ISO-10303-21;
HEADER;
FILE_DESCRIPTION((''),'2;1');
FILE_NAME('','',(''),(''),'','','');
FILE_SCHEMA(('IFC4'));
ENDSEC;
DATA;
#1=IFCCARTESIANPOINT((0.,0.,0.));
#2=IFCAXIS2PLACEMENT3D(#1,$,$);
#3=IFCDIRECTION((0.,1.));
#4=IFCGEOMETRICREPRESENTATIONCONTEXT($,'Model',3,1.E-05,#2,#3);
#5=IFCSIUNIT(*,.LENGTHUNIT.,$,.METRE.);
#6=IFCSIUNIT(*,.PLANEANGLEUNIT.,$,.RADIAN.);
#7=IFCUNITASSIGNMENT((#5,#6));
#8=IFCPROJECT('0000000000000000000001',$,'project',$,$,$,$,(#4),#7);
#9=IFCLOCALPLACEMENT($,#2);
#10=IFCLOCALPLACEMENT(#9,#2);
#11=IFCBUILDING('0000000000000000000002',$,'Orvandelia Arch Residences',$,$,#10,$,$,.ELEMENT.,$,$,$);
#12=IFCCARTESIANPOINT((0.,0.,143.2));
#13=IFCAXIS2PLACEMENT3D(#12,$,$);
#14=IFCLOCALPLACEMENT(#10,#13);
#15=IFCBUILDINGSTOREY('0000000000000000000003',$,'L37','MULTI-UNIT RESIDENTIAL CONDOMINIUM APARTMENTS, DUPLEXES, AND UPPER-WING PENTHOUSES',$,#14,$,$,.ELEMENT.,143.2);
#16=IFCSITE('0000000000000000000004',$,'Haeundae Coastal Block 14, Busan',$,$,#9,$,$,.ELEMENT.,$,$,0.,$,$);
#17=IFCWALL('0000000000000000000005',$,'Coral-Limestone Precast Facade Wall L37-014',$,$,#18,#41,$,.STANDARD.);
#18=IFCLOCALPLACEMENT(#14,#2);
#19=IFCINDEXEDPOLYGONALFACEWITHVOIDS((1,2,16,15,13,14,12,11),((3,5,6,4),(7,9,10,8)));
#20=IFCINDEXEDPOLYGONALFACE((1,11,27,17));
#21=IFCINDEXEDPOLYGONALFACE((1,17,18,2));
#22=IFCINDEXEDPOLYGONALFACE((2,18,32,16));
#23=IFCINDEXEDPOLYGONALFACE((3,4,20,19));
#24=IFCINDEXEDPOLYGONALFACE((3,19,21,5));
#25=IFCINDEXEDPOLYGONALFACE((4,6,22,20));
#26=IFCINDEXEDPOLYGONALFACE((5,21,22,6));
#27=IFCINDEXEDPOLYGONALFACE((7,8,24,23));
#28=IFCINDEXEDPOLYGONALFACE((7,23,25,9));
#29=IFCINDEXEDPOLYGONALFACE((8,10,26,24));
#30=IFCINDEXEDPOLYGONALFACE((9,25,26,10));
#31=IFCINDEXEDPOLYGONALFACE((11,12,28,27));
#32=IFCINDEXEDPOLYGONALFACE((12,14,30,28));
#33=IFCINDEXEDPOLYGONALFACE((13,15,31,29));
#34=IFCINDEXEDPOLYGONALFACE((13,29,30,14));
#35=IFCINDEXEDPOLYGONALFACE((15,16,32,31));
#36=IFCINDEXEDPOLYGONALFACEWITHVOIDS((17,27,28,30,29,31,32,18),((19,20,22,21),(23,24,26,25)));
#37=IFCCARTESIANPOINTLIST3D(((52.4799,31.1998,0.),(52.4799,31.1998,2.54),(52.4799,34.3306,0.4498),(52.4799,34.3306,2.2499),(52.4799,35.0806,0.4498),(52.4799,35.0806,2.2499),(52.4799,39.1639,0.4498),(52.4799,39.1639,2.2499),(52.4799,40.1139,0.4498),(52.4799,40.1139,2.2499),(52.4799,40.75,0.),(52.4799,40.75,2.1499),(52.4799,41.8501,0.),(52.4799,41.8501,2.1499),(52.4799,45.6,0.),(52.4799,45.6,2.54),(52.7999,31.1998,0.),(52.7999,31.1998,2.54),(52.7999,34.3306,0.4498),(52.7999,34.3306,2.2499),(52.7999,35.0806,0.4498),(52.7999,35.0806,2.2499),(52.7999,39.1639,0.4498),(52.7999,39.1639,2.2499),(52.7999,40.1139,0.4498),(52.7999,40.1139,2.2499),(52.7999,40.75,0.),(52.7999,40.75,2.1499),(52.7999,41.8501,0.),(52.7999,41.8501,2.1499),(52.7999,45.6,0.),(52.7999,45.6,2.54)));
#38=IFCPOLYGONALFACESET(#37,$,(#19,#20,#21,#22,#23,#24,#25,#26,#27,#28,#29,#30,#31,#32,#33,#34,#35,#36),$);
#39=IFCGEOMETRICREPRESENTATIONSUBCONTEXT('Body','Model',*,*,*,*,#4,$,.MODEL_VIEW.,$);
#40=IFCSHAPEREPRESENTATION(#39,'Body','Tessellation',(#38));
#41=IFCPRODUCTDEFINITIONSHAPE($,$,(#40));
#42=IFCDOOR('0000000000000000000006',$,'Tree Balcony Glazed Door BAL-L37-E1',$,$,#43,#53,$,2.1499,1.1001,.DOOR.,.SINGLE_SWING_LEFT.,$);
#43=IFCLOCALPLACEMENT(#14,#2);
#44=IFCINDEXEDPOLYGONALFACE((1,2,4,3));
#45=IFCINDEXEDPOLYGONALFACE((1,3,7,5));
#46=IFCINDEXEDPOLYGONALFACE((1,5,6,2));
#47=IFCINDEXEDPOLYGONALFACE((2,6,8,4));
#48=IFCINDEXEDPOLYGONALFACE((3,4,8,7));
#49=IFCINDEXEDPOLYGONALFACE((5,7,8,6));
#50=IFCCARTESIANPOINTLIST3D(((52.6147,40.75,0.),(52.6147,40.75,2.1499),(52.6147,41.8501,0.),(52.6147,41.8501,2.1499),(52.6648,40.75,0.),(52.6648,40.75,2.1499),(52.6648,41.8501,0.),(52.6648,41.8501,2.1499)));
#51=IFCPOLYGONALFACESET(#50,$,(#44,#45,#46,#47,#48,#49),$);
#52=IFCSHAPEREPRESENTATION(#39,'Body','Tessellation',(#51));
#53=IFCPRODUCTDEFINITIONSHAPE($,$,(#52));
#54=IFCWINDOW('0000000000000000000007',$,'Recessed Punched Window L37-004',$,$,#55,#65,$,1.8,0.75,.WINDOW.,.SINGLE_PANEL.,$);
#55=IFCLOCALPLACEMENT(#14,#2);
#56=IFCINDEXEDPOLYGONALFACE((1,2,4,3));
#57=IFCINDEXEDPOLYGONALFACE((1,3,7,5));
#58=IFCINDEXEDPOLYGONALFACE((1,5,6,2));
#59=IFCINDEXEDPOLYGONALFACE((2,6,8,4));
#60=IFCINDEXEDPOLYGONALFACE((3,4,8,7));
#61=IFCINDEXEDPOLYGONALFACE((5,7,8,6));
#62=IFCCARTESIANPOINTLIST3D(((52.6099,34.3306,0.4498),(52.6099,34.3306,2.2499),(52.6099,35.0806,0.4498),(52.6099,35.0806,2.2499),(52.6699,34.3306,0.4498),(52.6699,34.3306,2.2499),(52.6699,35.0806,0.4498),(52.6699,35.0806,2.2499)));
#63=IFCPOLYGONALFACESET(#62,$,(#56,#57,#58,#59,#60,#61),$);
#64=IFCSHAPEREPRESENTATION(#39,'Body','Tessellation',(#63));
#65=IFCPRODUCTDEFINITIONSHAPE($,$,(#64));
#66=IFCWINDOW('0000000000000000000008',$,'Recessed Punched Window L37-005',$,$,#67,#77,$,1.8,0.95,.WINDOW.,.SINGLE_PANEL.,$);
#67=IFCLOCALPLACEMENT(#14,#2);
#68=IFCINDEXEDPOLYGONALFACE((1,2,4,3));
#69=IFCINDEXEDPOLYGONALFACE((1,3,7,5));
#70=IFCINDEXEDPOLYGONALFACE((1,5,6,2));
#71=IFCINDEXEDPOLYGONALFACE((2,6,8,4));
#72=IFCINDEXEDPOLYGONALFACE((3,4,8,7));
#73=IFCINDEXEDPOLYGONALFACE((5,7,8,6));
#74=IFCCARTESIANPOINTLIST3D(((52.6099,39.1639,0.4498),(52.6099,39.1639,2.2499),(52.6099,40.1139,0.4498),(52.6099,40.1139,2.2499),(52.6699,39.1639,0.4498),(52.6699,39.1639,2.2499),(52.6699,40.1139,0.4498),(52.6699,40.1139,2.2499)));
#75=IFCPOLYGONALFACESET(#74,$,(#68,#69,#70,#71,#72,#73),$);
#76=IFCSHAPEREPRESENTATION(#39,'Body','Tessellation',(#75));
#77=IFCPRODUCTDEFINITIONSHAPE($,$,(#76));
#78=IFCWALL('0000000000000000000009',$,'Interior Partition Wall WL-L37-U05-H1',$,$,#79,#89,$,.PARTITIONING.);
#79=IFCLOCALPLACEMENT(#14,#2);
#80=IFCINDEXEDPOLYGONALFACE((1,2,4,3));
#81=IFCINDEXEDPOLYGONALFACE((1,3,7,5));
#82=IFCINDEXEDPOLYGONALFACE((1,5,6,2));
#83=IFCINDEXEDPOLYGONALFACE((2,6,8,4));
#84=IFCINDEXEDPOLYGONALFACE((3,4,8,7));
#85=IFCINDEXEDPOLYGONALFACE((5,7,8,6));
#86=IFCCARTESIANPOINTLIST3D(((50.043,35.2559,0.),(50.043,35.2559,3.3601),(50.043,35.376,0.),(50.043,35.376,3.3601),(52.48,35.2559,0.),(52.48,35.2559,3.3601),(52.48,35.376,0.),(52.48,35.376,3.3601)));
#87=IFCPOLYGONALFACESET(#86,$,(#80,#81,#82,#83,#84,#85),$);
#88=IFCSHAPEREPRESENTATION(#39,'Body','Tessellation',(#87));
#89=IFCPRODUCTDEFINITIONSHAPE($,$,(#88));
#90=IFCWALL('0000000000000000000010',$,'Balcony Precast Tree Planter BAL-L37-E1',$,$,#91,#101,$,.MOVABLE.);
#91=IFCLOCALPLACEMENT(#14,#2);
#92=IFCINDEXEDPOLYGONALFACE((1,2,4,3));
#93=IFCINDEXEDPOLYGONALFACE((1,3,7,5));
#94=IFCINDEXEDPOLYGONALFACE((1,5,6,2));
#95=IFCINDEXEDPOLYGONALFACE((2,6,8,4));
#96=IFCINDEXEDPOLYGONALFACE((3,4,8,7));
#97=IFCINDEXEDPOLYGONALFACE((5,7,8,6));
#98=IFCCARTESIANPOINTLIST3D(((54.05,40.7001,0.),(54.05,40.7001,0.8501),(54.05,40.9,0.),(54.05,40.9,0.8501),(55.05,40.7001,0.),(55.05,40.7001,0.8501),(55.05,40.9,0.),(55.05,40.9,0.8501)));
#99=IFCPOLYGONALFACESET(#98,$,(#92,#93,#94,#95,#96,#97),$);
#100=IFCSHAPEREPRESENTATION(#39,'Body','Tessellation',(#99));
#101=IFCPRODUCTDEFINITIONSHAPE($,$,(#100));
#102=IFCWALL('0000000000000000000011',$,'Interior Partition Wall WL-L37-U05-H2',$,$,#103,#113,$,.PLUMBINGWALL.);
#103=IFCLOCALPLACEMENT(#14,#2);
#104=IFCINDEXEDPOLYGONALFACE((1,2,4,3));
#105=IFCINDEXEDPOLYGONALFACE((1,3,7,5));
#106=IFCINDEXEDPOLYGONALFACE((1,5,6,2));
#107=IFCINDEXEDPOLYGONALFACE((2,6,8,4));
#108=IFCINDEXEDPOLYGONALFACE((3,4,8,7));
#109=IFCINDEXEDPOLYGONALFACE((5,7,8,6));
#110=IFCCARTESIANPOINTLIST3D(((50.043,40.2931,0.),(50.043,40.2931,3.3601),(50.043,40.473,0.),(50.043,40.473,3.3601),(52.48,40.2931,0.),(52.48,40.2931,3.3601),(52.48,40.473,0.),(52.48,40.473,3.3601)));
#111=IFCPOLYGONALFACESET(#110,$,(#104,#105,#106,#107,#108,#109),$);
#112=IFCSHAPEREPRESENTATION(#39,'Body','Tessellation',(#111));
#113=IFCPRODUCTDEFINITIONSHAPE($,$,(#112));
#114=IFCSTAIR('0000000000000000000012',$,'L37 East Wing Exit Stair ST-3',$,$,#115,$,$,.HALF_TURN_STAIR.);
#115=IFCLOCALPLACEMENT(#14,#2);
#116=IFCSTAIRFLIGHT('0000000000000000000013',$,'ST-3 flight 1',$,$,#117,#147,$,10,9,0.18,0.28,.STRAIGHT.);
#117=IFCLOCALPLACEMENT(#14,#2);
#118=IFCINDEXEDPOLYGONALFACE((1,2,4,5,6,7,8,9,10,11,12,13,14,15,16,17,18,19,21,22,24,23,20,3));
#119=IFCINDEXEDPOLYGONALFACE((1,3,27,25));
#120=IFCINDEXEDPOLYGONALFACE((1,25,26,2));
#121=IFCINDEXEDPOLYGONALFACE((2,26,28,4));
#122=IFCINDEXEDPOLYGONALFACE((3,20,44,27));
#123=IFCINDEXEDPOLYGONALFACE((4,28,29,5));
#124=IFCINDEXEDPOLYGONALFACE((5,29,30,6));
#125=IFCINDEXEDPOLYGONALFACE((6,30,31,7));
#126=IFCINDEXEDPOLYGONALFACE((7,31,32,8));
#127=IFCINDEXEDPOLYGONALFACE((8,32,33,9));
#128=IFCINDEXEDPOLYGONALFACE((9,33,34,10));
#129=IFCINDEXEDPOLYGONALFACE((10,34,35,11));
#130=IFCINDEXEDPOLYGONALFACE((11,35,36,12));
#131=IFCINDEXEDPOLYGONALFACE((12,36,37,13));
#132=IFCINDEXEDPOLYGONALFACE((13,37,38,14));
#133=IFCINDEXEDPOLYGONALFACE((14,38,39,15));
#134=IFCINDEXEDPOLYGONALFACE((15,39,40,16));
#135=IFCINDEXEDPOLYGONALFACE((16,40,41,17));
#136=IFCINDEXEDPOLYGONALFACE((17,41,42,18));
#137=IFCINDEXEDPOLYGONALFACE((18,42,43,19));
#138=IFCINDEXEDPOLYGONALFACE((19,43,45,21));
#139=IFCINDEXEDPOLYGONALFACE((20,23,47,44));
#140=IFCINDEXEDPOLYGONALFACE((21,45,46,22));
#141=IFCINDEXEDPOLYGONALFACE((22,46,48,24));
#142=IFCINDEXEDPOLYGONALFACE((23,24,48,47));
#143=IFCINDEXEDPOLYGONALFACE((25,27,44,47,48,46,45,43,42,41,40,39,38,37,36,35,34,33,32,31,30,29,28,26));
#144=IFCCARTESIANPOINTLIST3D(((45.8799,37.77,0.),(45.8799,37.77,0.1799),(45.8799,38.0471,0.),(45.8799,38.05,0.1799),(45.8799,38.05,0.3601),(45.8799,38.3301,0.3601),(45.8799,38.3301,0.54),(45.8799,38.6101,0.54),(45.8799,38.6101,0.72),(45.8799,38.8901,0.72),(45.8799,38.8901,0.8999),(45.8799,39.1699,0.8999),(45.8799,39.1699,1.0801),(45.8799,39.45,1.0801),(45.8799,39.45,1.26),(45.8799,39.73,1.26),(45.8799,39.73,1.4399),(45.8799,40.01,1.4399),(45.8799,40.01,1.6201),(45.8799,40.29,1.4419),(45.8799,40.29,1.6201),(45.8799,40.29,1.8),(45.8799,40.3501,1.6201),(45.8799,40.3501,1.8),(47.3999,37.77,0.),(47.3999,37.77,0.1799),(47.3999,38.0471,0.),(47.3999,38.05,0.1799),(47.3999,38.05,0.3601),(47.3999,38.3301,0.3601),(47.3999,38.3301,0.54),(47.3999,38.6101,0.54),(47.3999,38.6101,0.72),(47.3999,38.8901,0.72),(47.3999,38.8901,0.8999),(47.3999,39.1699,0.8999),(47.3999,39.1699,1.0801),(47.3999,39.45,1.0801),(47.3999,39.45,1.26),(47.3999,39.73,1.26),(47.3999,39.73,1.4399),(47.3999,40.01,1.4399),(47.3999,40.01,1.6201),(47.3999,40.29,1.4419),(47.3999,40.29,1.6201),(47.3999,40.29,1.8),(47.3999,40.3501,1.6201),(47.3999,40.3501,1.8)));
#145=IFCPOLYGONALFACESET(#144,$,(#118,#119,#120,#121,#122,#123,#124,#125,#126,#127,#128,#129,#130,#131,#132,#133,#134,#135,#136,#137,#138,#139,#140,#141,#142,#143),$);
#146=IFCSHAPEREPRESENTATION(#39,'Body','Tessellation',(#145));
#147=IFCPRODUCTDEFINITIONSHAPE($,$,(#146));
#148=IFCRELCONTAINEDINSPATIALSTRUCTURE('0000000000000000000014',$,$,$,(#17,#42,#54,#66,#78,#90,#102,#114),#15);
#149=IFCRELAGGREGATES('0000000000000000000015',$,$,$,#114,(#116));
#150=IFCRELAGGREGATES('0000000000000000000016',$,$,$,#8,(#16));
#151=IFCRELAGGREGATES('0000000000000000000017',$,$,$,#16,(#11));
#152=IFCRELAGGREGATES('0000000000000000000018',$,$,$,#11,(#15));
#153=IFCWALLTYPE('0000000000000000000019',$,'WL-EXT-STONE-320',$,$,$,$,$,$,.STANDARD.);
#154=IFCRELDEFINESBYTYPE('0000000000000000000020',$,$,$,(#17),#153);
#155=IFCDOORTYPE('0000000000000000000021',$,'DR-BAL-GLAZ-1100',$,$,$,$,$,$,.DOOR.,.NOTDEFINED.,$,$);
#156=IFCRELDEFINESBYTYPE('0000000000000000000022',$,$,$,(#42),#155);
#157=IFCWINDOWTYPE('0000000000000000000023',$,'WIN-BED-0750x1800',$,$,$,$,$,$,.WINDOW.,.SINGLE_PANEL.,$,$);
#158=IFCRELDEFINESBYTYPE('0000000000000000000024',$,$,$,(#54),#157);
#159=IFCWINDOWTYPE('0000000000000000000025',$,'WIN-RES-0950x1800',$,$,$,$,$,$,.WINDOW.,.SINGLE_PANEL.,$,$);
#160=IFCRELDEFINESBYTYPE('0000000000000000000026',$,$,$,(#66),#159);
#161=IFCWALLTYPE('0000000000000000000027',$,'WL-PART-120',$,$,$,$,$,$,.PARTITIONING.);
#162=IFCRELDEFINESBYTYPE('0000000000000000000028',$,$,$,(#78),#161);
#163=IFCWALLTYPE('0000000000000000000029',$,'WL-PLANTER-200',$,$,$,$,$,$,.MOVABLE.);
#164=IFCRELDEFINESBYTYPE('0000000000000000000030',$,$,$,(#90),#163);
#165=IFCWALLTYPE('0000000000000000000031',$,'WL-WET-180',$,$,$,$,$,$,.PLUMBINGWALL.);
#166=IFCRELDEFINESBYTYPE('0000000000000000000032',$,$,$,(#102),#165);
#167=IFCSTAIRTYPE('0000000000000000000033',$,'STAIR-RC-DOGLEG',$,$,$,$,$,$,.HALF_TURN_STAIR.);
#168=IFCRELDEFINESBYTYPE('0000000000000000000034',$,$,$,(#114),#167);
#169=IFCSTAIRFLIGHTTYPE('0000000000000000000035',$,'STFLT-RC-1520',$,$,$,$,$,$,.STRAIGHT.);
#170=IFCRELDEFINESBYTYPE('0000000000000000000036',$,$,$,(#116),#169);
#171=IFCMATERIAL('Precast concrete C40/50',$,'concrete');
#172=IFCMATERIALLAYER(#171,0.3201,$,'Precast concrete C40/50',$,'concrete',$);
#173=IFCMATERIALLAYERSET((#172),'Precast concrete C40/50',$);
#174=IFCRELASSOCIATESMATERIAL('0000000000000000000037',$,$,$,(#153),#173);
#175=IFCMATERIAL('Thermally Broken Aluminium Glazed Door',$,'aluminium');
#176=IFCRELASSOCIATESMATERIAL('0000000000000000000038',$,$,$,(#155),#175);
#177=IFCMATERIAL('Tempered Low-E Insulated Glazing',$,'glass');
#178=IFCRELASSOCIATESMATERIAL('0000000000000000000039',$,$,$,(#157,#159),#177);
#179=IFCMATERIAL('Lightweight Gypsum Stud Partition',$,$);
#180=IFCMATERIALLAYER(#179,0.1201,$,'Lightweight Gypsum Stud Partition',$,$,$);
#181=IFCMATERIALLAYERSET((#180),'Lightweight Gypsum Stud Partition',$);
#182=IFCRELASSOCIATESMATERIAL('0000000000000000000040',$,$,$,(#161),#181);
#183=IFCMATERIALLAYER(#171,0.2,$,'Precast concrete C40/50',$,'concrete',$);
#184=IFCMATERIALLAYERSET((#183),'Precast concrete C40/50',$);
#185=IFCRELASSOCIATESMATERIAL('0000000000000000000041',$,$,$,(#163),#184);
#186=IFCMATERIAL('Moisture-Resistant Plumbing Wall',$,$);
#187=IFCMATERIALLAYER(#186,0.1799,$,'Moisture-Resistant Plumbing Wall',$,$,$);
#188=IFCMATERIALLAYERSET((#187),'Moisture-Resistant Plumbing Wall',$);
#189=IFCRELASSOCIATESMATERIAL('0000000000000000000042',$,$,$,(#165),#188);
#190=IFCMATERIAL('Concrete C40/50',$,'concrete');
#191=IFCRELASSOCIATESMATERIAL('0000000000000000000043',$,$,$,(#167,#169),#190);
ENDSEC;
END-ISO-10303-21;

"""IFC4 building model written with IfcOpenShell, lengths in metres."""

from ifc_helpers import new_model, si_unit, direction, frame, frame_2d, origin, place, context, subcontext, project, spatial, polyline, rectangle, outline, extrude, material, layer, layer_set, type_object, element, fill, aggregate, save


model = new_model("IFC4")

# Units and contexts
model_context = context("Model", 3, precision=1e-05, world=origin(), true_north=direction((0.0, 1.0)))
body_context = subcontext(model_context, "Body", "Model", "MODEL_VIEW")
ifc_project = project(units=[si_unit("LENGTHUNIT", "METRE"), si_unit("PLANEANGLEUNIT", "RADIAN")], contexts=[model_context])

# Site, building, storey
site_placement = place(None, origin())
site = spatial("IfcSite", under=ifc_project, at=site_placement, Name="Haeundae Coastal Block 14, Busan", CompositionType="ELEMENT", RefElevation=0.0)
building_placement = place(site_placement, origin())
building = spatial("IfcBuilding", under=site, at=building_placement, Name="Orvandelia Arch Residences", CompositionType="ELEMENT")
storey_placement = place(building_placement, frame((0.0, 0.0, 143.2)))
storey = spatial("IfcBuildingStorey", under=building, at=storey_placement, Name="L37", Description="MULTI-UNIT RESIDENTIAL CONDOMINIUM APARTMENTS, DUPLEXES, AND UPPER-WING PENTHOUSES", CompositionType="ELEMENT", Elevation=143.2)

# Shared definitions
ifc_material_1 = material(Name="Precast concrete C40/50", Category="concrete")
ifc_layer_1 = layer(ifc_material_1, 0.3201, Name="Precast concrete C40/50", Category="concrete")
ifc_layer_set_1 = layer_set([ifc_layer_1], Name="Precast concrete C40/50")
wall_type_1 = type_object("IfcWallType", Name="WL-EXT-STONE-320", PredefinedType="STANDARD", material=ifc_layer_set_1)

# Wall, openings, door, windows
wall_1_placement = place(storey_placement, frame((52.6399, 45.6001, 0.0), z_axis=(0.0, 0.0, 1.0), x_axis=(0.0, -1.0, 0.0)))
wall_1 = element("IfcWall", 1, at=wall_1_placement, inside=storey, type_object=wall_type_1, Name="Coral-Limestone Precast Facade Wall L37-014", PredefinedType="STANDARD", context=body_context, shape_type="SweptSolid", body=[
    extrude(rectangle(XDim=14.4001, YDim=0.3201, at=frame_2d((7.2002, 0.0))), origin(), (0.0, 0.0, 1.0), 2.54),
])
opening_1_placement = place(wall_1_placement, frame((3.75, 0.0, 0.0)))
opening_1 = element("IfcOpeningElement", 2, at=opening_1_placement, cuts=wall_1, PredefinedType="OPENING", context=body_context, shape_type="SweptSolid", body=[
    extrude(rectangle(XDim=1.1001, YDim=2.1499, at=frame_2d((0.55, 1.075))), frame((0.0, 0.1699, 0.0), z_axis=(0.0, -1.0, 0.0), x_axis=(1.0, 0.0, 0.0)), (0.0, 0.0, 1.0), 0.3401),
])
opening_2_placement = place(wall_1_placement, frame((10.5195, 0.0, 0.45)))
opening_2 = element("IfcOpeningElement", 3, at=opening_2_placement, cuts=wall_1, PredefinedType="OPENING", context=body_context, shape_type="SweptSolid", body=[
    extrude(rectangle(XDim=0.75, YDim=1.8, at=frame_2d((0.375, 0.8999))), frame((0.0, 0.1699, 0.0), z_axis=(0.0, -1.0, 0.0), x_axis=(1.0, 0.0, 0.0)), (0.0, 0.0, 1.0), 0.3401),
])
opening_3_placement = place(wall_1_placement, frame((5.4861, 0.0, 0.45)))
opening_3 = element("IfcOpeningElement", 4, at=opening_3_placement, cuts=wall_1, PredefinedType="OPENING", context=body_context, shape_type="SweptSolid", body=[
    extrude(rectangle(XDim=0.95, YDim=1.8, at=frame_2d((0.4751, 0.8999))), frame((0.0, 0.1699, 0.0), z_axis=(0.0, -1.0, 0.0), x_axis=(1.0, 0.0, 0.0)), (0.0, 0.0, 1.0), 0.3401),
])
ifc_material_2 = material(Name="Thermally Broken Aluminium Glazed Door", Category="aluminium")
door_type_1 = type_object("IfcDoorType", Name="DR-BAL-GLAZ-1100", OperationType="NOTDEFINED", PredefinedType="DOOR", material=ifc_material_2)
door_1_placement = place(opening_1_placement, origin())
door_1 = element("IfcDoor", 5, at=door_1_placement, inside=storey, type_object=door_type_1, Name="Tree Balcony Glazed Door BAL-L37-E1", OperationType="SINGLE_SWING_LEFT", OverallHeight=2.1499, OverallWidth=1.1001, PredefinedType="DOOR", context=body_context, shape_type="SweptSolid", body=[
    extrude(rectangle(XDim=1.1001, YDim=2.1499, at=frame_2d((0.55, 1.075))), frame((0.0, 0.0249, 0.0), z_axis=(0.0, -1.0, 0.0), x_axis=(1.0, 0.0, 0.0)), (0.0, 0.0, 1.0), 0.05),
])
fill(opening_1, door_1)
ifc_material_3 = material(Name="Tempered Low-E Insulated Glazing", Category="glass")
window_type_1 = type_object("IfcWindowType", Name="WIN-BED-0750x1800", PartitioningType="SINGLE_PANEL", PredefinedType="WINDOW", material=ifc_material_3)
window_1_placement = place(opening_2_placement, origin())
window_1 = element("IfcWindow", 6, at=window_1_placement, inside=storey, type_object=window_type_1, Name="Recessed Punched Window L37-004", OverallHeight=1.8, OverallWidth=0.75, PartitioningType="SINGLE_PANEL", PredefinedType="WINDOW", context=body_context, shape_type="SweptSolid", body=[
    extrude(rectangle(XDim=0.75, YDim=1.8, at=frame_2d((0.375, 0.8999))), frame((0.0, 0.03, 0.0), z_axis=(0.0, -1.0, 0.0), x_axis=(1.0, 0.0, 0.0)), (0.0, 0.0, 1.0), 0.0601),
])
fill(opening_2, window_1)
window_type_2 = type_object("IfcWindowType", Name="WIN-RES-0950x1800", PartitioningType="SINGLE_PANEL", PredefinedType="WINDOW", material=ifc_material_3)
window_2_placement = place(opening_3_placement, origin())
window_2 = element("IfcWindow", 7, at=window_2_placement, inside=storey, type_object=window_type_2, Name="Recessed Punched Window L37-005", OverallHeight=1.8, OverallWidth=0.95, PartitioningType="SINGLE_PANEL", PredefinedType="WINDOW", context=body_context, shape_type="SweptSolid", body=[
    extrude(rectangle(XDim=0.95, YDim=1.8, at=frame_2d((0.4751, 0.8999))), frame((0.0, 0.03, 0.0), z_axis=(0.0, -1.0, 0.0), x_axis=(1.0, 0.0, 0.0)), (0.0, 0.0, 1.0), 0.0601),
])
fill(opening_3, window_2)

# Walls
ifc_material_4 = material(Name="Lightweight Gypsum Stud Partition")
ifc_layer_2 = layer(ifc_material_4, 0.1201, Name="Lightweight Gypsum Stud Partition")
ifc_layer_set_2 = layer_set([ifc_layer_2], Name="Lightweight Gypsum Stud Partition")
wall_type_2 = type_object("IfcWallType", Name="WL-PART-120", PredefinedType="PARTITIONING", material=ifc_layer_set_2)
wall_2_placement = place(storey_placement, frame((50.043, 35.3159, 0.0), z_axis=(0.0, 0.0, 1.0), x_axis=(1.0, 0.0, 0.0)))
element("IfcWall", 8, at=wall_2_placement, inside=storey, type_object=wall_type_2, Name="Interior Partition Wall WL-L37-U05-H1", PredefinedType="PARTITIONING", context=body_context, shape_type="SweptSolid", body=[
    extrude(rectangle(XDim=2.437, YDim=0.1201, at=frame_2d((1.2185, 0.0))), origin(), (0.0, 0.0, 1.0), 3.3601),
])
ifc_layer_3 = layer(ifc_material_1, 0.2, Name="Precast concrete C40/50", Category="concrete")
ifc_layer_set_3 = layer_set([ifc_layer_3], Name="Precast concrete C40/50")
wall_type_3 = type_object("IfcWallType", Name="WL-PLANTER-200", PredefinedType="MOVABLE", material=ifc_layer_set_3)
wall_3_placement = place(storey_placement, frame((54.05, 40.8, 0.0), z_axis=(0.0, 0.0, 1.0), x_axis=(1.0, 0.0, 0.0)))
element("IfcWall", 9, at=wall_3_placement, inside=storey, type_object=wall_type_3, Name="Balcony Precast Tree Planter BAL-L37-E1", PredefinedType="MOVABLE", context=body_context, shape_type="SweptSolid", body=[
    extrude(rectangle(XDim=1.0, YDim=0.2, at=frame_2d((0.5, 0.0))), origin(), (0.0, 0.0, 1.0), 0.8501),
])
ifc_material_5 = material(Name="Moisture-Resistant Plumbing Wall")
ifc_layer_4 = layer(ifc_material_5, 0.1799, Name="Moisture-Resistant Plumbing Wall")
ifc_layer_set_4 = layer_set([ifc_layer_4], Name="Moisture-Resistant Plumbing Wall")
wall_type_4 = type_object("IfcWallType", Name="WL-WET-180", PredefinedType="PLUMBINGWALL", material=ifc_layer_set_4)
wall_4_placement = place(storey_placement, frame((50.043, 40.3831, 0.0), z_axis=(0.0, 0.0, 1.0), x_axis=(1.0, 0.0, 0.0)))
element("IfcWall", 10, at=wall_4_placement, inside=storey, type_object=wall_type_4, Name="Interior Partition Wall WL-L37-U05-H2", PredefinedType="PLUMBINGWALL", context=body_context, shape_type="SweptSolid", body=[
    extrude(rectangle(XDim=2.437, YDim=0.1799, at=frame_2d((1.2185, 0.0))), origin(), (0.0, 0.0, 1.0), 3.3601),
])

# Stair, stair flight
ifc_material_6 = material(Name="Concrete C40/50", Category="concrete")
stair_type = type_object("IfcStairType", Name="STAIR-RC-DOGLEG", PredefinedType="HALF_TURN_STAIR", material=ifc_material_6)
stair_placement = place(storey_placement, origin())
stair = element("IfcStair", 11, at=stair_placement, inside=storey, type_object=stair_type, Name="L37 East Wing Exit Stair ST-3", PredefinedType="HALF_TURN_STAIR")
stair_flight_type = type_object("IfcStairFlightType", Name="STFLT-RC-1520", PredefinedType="STRAIGHT", material=ifc_material_6)
stair_flight_1_placement = place(storey_placement, frame((46.6399, 37.77, 0.0), z_axis=(0.0, 0.0, 1.0), x_axis=(0.0, 1.0, 0.0)))
stair_flight_1 = element("IfcStairFlight", 12, at=stair_flight_1_placement, type_object=stair_flight_type, Name="ST-3 flight 1", NumberOfRisers=10, NumberOfTreads=9, PredefinedType="STRAIGHT", RiserHeight=0.18, TreadLength=0.28, context=body_context, shape_type="SweptSolid", body=[
    extrude(outline(polyline([(0.0, 0.0), (0.0, 0.1799), (0.28, 0.1799), (0.28, 0.3601), (0.5601, 0.3601), (0.5601, 0.54), (0.8401, 0.54), (0.8401, 0.72), (1.1201, 0.72), (1.1201, 0.8999), (1.3999, 0.8999), (1.3999, 1.0801), (1.6799, 1.0801), (1.6799, 1.26), (1.96, 1.26), (1.96, 1.4399), (2.24, 1.4399), (2.24, 1.6201), (2.52, 1.6201), (2.52, 1.8), (2.5801, 1.8), (2.5801, 1.6201), (2.52, 1.4419), (0.2771, 0.0), (0.0, 0.0)])), frame((0.0, 0.76, 0.0), z_axis=(0.0, -1.0, 0.0), x_axis=(1.0, 0.0, 0.0)), (0.0, 0.0, 1.0), 1.52),
])
aggregate(stair, [stair_flight_1])

save(model, "model.ifc")
